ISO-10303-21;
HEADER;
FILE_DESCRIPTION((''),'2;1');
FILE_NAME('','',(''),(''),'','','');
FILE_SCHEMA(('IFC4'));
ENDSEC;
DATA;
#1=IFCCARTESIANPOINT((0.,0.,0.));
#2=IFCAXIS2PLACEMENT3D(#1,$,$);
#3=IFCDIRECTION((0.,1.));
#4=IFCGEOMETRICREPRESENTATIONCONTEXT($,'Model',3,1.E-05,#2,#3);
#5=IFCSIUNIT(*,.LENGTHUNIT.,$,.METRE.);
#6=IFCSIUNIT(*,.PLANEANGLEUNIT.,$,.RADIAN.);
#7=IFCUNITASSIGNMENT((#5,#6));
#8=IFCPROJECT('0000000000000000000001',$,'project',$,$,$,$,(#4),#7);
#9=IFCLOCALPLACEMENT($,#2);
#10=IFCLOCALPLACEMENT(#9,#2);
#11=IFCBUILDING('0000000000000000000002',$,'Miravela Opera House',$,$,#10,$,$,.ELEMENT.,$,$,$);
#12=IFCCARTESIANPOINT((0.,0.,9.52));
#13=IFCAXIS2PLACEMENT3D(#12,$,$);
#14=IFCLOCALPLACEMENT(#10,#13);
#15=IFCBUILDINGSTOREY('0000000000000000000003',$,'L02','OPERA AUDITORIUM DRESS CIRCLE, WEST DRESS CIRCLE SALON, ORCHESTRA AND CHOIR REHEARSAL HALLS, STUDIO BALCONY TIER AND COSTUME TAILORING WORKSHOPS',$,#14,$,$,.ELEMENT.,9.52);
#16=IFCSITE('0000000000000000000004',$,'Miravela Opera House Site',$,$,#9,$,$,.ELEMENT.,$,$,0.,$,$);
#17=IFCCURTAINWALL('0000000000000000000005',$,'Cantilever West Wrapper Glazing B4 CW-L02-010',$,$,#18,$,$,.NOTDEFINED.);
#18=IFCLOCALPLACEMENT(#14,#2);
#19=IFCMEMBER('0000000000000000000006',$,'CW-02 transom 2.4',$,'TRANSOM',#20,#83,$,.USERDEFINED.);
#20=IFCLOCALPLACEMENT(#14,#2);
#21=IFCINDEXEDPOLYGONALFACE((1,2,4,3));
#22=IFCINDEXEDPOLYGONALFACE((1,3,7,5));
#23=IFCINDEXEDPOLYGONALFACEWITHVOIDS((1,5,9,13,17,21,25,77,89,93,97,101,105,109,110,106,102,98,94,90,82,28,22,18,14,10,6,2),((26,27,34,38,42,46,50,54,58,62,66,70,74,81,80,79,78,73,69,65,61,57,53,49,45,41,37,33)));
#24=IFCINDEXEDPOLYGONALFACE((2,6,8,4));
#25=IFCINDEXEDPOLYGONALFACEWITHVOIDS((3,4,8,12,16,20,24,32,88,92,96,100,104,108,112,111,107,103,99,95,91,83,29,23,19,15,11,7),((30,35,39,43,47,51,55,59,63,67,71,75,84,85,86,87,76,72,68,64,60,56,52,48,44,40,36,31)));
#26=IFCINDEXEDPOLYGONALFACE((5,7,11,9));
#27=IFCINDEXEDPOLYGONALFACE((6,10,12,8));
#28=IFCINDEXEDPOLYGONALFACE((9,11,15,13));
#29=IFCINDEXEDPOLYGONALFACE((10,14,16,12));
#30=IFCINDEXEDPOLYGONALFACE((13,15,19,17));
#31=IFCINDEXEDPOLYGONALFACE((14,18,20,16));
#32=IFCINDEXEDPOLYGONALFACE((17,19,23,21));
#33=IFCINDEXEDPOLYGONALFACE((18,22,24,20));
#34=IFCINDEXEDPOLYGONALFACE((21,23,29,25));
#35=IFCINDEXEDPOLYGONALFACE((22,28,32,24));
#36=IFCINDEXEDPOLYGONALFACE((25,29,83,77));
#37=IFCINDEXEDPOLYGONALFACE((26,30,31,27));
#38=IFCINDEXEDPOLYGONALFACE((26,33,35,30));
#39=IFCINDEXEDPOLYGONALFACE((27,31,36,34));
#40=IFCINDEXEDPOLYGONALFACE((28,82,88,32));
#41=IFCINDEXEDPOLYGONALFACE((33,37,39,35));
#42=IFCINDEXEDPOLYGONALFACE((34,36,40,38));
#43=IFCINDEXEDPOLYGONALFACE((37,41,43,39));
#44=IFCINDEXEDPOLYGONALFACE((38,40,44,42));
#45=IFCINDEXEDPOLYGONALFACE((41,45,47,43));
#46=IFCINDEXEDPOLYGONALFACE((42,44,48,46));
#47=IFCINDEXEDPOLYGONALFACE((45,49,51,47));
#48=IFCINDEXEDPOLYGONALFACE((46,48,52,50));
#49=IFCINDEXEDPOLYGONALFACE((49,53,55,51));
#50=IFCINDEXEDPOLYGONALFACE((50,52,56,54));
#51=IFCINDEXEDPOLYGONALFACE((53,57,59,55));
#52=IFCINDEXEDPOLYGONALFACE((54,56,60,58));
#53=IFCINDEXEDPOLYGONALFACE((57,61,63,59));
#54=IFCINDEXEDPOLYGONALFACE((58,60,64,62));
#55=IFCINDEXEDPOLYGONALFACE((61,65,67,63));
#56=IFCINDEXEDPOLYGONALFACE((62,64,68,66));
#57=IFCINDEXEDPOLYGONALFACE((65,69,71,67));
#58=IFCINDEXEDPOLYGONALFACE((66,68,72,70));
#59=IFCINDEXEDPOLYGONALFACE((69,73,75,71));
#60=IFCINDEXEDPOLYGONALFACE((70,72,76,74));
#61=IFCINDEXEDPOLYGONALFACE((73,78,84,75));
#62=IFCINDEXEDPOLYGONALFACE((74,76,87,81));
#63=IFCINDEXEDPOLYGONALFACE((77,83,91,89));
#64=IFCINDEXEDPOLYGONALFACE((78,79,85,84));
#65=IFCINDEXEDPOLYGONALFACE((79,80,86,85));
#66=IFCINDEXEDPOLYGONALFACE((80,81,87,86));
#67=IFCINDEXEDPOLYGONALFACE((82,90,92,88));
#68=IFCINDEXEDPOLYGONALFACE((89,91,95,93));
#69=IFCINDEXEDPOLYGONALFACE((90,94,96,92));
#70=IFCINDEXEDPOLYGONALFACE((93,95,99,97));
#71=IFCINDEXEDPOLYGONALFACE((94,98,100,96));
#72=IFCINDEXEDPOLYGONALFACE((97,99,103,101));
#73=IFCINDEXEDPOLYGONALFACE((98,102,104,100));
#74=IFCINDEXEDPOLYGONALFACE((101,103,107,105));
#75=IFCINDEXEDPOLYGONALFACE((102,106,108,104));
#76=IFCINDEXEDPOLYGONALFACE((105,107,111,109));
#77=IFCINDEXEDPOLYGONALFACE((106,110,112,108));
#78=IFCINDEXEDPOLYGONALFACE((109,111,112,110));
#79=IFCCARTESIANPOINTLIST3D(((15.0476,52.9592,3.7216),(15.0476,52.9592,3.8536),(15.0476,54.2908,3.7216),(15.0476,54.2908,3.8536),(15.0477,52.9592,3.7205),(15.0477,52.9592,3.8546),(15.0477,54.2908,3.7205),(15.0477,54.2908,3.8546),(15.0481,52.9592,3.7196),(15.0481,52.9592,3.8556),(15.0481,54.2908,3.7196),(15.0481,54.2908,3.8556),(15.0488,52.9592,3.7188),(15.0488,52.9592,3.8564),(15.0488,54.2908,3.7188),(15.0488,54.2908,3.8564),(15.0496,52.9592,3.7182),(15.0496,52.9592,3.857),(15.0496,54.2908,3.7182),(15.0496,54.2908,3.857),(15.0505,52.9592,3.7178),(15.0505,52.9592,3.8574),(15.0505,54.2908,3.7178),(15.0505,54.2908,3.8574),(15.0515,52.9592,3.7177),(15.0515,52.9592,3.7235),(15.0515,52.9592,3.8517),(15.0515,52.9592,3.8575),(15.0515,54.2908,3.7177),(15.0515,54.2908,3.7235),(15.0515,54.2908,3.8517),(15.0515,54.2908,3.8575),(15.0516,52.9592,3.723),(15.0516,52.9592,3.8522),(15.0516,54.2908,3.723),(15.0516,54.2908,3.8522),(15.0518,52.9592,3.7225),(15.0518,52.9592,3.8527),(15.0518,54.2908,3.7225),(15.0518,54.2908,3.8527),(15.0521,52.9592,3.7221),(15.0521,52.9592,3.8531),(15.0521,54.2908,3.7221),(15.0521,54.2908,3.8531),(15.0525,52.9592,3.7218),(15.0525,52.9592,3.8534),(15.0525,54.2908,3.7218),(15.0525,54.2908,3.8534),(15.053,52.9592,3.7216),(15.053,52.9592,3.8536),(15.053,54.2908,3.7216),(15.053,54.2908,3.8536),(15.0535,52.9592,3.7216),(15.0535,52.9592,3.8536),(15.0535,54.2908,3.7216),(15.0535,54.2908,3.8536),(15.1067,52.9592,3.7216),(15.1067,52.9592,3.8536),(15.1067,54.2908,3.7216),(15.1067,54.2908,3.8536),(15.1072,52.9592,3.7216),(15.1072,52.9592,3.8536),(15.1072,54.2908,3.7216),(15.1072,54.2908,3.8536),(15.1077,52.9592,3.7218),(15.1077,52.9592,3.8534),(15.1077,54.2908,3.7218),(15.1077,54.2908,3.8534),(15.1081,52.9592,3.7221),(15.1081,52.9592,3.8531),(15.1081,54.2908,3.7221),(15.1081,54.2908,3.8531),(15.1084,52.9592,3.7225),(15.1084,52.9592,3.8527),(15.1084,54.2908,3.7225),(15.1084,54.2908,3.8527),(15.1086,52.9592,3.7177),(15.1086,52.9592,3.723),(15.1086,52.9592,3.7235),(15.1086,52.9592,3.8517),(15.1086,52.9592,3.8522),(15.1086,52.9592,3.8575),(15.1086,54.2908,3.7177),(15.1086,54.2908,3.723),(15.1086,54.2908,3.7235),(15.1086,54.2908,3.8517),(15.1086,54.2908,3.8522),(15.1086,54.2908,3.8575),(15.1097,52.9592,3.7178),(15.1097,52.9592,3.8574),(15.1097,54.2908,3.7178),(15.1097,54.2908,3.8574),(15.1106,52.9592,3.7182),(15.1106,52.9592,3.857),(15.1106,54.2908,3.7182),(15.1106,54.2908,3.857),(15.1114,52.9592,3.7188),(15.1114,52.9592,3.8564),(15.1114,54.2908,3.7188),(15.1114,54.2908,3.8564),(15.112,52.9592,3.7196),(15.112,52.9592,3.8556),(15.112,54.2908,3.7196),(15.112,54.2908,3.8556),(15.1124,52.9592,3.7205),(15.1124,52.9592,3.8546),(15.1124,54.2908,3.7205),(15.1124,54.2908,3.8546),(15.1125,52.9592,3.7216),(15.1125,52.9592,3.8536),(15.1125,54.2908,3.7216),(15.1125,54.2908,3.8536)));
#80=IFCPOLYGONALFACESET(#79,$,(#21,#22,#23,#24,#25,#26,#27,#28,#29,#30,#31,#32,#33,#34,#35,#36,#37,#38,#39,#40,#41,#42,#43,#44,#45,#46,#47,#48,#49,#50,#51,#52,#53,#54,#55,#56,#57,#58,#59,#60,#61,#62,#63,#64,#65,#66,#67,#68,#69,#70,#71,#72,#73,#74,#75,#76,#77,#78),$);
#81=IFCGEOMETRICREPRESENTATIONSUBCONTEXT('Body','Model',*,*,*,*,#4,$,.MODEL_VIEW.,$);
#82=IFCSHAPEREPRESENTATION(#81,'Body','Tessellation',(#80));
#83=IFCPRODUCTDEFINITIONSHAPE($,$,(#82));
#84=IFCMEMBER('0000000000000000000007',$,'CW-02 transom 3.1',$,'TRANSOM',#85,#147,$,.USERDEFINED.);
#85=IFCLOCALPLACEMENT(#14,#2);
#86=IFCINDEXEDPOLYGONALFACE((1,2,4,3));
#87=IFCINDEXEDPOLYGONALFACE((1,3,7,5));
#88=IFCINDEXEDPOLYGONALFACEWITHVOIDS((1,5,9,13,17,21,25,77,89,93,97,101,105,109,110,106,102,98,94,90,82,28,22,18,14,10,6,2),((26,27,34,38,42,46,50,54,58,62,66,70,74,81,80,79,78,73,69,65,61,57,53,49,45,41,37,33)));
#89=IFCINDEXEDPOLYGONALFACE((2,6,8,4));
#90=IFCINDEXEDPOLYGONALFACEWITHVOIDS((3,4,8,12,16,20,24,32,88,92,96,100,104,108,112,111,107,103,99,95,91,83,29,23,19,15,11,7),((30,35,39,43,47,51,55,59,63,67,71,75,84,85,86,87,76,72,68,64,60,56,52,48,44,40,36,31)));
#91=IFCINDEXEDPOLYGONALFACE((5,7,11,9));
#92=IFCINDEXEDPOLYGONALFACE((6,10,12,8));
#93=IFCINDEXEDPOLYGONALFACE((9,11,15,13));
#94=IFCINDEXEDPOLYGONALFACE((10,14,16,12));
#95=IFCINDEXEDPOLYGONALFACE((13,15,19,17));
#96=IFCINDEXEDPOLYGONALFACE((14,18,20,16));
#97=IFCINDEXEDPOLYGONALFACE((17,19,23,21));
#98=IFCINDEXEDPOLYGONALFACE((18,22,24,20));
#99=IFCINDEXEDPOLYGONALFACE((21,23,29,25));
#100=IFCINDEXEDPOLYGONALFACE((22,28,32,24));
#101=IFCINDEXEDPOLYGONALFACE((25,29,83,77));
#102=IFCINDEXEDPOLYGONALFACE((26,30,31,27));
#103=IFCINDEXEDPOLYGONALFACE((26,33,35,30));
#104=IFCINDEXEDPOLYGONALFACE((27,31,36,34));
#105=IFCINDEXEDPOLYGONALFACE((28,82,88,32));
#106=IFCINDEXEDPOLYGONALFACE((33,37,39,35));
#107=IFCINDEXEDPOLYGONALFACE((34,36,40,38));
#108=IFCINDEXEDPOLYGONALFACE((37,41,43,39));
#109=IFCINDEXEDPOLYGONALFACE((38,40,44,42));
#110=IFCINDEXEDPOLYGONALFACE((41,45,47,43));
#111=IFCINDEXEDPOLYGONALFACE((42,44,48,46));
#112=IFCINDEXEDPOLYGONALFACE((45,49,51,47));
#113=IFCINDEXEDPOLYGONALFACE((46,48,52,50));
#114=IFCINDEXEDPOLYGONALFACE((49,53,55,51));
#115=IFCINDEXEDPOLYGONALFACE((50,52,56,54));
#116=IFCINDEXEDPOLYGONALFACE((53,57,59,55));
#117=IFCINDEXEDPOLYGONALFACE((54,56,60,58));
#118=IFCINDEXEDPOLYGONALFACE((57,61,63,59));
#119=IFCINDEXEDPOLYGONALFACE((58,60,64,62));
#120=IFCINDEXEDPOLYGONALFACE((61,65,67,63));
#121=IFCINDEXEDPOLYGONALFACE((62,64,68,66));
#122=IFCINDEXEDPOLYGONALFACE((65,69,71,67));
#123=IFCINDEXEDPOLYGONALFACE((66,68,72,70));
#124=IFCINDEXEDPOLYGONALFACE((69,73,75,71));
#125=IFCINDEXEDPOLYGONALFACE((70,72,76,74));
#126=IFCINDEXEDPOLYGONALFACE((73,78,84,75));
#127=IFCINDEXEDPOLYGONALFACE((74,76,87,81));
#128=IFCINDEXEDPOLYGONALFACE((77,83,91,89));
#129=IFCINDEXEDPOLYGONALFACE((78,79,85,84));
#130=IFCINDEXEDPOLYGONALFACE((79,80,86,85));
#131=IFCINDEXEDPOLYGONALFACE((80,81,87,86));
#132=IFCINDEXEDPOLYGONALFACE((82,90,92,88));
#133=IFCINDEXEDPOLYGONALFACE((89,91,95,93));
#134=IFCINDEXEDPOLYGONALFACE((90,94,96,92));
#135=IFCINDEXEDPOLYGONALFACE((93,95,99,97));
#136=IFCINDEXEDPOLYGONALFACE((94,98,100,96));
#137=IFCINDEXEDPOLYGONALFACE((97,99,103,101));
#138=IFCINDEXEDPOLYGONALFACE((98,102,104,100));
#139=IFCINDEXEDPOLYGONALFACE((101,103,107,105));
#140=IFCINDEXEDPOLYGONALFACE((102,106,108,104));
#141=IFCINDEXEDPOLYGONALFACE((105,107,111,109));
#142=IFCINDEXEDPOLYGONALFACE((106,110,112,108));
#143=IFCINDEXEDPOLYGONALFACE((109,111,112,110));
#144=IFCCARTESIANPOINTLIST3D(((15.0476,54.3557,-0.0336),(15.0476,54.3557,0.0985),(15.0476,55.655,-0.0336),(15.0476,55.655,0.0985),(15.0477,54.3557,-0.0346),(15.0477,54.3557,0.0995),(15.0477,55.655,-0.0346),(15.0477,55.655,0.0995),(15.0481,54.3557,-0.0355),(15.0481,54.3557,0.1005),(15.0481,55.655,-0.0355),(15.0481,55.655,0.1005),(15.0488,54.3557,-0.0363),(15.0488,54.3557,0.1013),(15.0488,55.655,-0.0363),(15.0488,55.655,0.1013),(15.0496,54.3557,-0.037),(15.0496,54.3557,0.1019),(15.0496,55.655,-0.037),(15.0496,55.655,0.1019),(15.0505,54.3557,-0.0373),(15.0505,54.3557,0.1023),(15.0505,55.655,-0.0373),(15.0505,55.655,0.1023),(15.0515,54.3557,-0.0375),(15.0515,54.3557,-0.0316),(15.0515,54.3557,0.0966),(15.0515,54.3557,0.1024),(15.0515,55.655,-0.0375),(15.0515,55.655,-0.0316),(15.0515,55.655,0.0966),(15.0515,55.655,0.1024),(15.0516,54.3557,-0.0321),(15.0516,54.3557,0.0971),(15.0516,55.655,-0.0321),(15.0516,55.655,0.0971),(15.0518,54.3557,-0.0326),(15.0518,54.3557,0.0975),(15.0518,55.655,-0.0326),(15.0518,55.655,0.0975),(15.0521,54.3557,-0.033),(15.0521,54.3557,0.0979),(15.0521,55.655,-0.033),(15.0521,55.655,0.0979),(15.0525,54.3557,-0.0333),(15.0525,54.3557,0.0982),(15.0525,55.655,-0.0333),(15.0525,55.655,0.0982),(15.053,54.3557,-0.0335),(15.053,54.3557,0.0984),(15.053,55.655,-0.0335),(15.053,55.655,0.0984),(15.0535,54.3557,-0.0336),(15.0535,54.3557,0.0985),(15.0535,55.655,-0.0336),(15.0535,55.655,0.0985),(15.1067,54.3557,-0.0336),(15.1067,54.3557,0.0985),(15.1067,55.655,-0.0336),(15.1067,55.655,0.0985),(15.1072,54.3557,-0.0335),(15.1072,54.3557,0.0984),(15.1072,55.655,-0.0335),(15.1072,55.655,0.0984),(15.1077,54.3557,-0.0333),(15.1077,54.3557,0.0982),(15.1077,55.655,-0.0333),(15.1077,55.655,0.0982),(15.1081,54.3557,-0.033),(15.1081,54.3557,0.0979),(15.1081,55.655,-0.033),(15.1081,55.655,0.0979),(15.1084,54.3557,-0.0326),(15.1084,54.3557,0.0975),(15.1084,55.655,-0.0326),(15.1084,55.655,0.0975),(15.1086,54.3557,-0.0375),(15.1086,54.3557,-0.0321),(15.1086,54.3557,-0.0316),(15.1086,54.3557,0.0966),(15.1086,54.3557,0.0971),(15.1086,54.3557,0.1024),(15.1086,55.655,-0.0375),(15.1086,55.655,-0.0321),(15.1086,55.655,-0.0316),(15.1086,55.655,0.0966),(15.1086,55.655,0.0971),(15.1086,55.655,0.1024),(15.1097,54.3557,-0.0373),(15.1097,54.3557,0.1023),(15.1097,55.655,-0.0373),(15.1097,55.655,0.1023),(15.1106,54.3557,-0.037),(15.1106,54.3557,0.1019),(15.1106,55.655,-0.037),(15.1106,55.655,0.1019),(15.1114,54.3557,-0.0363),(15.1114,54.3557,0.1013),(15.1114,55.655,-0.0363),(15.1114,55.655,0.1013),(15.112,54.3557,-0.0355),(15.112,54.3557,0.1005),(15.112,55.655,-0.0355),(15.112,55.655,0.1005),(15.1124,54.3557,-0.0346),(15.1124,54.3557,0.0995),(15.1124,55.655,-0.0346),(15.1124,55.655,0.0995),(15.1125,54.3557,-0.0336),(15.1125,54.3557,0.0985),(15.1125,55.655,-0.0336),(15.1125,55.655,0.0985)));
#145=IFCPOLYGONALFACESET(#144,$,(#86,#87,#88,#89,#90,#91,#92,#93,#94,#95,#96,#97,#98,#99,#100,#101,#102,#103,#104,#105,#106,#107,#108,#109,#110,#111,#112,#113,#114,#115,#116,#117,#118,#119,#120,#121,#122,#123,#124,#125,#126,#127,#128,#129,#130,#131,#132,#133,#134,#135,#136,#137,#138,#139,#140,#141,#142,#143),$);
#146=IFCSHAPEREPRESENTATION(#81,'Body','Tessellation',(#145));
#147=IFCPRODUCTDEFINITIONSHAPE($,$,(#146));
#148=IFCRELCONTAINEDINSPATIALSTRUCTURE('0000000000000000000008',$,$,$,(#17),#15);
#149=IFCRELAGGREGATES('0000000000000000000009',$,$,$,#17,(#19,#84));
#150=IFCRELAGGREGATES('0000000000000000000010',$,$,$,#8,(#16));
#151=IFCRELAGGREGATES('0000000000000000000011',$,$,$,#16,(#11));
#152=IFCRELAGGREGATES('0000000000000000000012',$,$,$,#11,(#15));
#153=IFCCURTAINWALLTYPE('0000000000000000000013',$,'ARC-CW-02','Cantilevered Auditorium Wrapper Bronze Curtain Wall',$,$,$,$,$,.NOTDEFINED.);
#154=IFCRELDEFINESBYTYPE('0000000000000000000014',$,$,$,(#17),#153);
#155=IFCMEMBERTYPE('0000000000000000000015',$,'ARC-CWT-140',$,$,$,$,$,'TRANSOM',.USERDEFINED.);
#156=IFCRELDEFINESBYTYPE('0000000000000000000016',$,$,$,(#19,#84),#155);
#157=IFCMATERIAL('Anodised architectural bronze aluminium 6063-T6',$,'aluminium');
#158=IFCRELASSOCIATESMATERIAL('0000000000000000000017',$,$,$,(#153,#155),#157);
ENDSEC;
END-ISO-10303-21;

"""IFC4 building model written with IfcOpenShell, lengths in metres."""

from ifc_helpers import new_model, si_unit, direction, frame, origin, origin_2d, place, context, subcontext, project, spatial, hollow_rectangle, extrude, material, material_profile, profile_set, type_object, element, aggregate, save


model = new_model("IFC4")

# Units and contexts
model_context = context("Model", 3, precision=1e-05, world=origin(), true_north=direction((0.0, 1.0)))
body_context = subcontext(model_context, "Body", "Model", "MODEL_VIEW")
ifc_project = project(units=[si_unit("LENGTHUNIT", "METRE"), si_unit("PLANEANGLEUNIT", "RADIAN")], contexts=[model_context])

# Site, building, storey
site_placement = place(None, origin())
site = spatial("IfcSite", under=ifc_project, at=site_placement, Name="Miravela Opera House Site", CompositionType="ELEMENT", RefElevation=0.0)
building_placement = place(site_placement, origin())
building = spatial("IfcBuilding", under=site, at=building_placement, Name="Miravela Opera House", CompositionType="ELEMENT")
storey_placement = place(building_placement, frame((0.0, 0.0, 9.52)))
storey = spatial("IfcBuildingStorey", under=building, at=storey_placement, Name="L02", Description="OPERA AUDITORIUM DRESS CIRCLE, WEST DRESS CIRCLE SALON, ORCHESTRA AND CHOIR REHEARSAL HALLS, STUDIO BALCONY TIER AND COSTUME TAILORING WORKSHOPS", CompositionType="ELEMENT", Elevation=9.52)

# Shared definitions
ifc_material_1 = material(Name="Anodised architectural bronze aluminium 6063-T6", Category="aluminium")
curtain_wall_type = type_object("IfcCurtainWallType", Name="ARC-CW-02", Description="Cantilevered Auditorium Wrapper Bronze Curtain Wall", PredefinedType="NOTDEFINED", material=ifc_material_1)

# Curtain wall
curtain_wall_1_placement = place(storey_placement, origin())
curtain_wall_1 = element("IfcCurtainWall", 1, at=curtain_wall_1_placement, inside=storey, type_object=curtain_wall_type, Name="Cantilever West Wrapper Glazing B4 CW-L02-010", PredefinedType="NOTDEFINED")

# Members
ifc_material_profile_1 = material_profile(ifc_material_1, hollow_rectangle(XDim=0.0649, YDim=0.1399, WallThickness=0.0039, InnerFilletRadius=0.002, OuterFilletRadius=0.0039, at=origin_2d()), Name="CWT-65X140")
ifc_profile_set_1 = profile_set([ifc_material_profile_1])
member_type_1 = type_object("IfcMemberType", Name="ARC-CWT-140", ElementType="TRANSOM", PredefinedType="USERDEFINED", material=ifc_profile_set_1)
member_1_placement = place(storey_placement, frame((15.0801, 52.9592, 3.7876), z_axis=(0.0, 1.0, 0.0), x_axis=(-1.0, 0.0, 0.0)))
member_1 = element("IfcMember", 2, at=member_1_placement, type_object=member_type_1, Name="CW-02 transom 2.4", ObjectType="TRANSOM", PredefinedType="USERDEFINED", context=body_context, shape_type="SweptSolid", body=[
    extrude(hollow_rectangle(XDim=0.0649, YDim=0.1399, WallThickness=0.0039, InnerFilletRadius=0.002, OuterFilletRadius=0.0039, at=origin_2d()), origin(), (0.0, 0.0, 1.0), 1.3315),
])
member_2_placement = place(storey_placement, frame((15.0801, 54.3557, 0.0325), z_axis=(0.0, 1.0, 0.0), x_axis=(-1.0, 0.0, 0.0)))
member_2 = element("IfcMember", 3, at=member_2_placement, type_object=member_type_1, Name="CW-02 transom 3.1", ObjectType="TRANSOM", PredefinedType="USERDEFINED", context=body_context, shape_type="SweptSolid", body=[
    extrude(hollow_rectangle(XDim=0.0649, YDim=0.1399, WallThickness=0.0039, InnerFilletRadius=0.002, OuterFilletRadius=0.0039, at=origin_2d()), origin(), (0.0, 0.0, 1.0), 1.2993),
])

aggregate(curtain_wall_1, [member_1, member_2])

save(model, "model.ifc")
